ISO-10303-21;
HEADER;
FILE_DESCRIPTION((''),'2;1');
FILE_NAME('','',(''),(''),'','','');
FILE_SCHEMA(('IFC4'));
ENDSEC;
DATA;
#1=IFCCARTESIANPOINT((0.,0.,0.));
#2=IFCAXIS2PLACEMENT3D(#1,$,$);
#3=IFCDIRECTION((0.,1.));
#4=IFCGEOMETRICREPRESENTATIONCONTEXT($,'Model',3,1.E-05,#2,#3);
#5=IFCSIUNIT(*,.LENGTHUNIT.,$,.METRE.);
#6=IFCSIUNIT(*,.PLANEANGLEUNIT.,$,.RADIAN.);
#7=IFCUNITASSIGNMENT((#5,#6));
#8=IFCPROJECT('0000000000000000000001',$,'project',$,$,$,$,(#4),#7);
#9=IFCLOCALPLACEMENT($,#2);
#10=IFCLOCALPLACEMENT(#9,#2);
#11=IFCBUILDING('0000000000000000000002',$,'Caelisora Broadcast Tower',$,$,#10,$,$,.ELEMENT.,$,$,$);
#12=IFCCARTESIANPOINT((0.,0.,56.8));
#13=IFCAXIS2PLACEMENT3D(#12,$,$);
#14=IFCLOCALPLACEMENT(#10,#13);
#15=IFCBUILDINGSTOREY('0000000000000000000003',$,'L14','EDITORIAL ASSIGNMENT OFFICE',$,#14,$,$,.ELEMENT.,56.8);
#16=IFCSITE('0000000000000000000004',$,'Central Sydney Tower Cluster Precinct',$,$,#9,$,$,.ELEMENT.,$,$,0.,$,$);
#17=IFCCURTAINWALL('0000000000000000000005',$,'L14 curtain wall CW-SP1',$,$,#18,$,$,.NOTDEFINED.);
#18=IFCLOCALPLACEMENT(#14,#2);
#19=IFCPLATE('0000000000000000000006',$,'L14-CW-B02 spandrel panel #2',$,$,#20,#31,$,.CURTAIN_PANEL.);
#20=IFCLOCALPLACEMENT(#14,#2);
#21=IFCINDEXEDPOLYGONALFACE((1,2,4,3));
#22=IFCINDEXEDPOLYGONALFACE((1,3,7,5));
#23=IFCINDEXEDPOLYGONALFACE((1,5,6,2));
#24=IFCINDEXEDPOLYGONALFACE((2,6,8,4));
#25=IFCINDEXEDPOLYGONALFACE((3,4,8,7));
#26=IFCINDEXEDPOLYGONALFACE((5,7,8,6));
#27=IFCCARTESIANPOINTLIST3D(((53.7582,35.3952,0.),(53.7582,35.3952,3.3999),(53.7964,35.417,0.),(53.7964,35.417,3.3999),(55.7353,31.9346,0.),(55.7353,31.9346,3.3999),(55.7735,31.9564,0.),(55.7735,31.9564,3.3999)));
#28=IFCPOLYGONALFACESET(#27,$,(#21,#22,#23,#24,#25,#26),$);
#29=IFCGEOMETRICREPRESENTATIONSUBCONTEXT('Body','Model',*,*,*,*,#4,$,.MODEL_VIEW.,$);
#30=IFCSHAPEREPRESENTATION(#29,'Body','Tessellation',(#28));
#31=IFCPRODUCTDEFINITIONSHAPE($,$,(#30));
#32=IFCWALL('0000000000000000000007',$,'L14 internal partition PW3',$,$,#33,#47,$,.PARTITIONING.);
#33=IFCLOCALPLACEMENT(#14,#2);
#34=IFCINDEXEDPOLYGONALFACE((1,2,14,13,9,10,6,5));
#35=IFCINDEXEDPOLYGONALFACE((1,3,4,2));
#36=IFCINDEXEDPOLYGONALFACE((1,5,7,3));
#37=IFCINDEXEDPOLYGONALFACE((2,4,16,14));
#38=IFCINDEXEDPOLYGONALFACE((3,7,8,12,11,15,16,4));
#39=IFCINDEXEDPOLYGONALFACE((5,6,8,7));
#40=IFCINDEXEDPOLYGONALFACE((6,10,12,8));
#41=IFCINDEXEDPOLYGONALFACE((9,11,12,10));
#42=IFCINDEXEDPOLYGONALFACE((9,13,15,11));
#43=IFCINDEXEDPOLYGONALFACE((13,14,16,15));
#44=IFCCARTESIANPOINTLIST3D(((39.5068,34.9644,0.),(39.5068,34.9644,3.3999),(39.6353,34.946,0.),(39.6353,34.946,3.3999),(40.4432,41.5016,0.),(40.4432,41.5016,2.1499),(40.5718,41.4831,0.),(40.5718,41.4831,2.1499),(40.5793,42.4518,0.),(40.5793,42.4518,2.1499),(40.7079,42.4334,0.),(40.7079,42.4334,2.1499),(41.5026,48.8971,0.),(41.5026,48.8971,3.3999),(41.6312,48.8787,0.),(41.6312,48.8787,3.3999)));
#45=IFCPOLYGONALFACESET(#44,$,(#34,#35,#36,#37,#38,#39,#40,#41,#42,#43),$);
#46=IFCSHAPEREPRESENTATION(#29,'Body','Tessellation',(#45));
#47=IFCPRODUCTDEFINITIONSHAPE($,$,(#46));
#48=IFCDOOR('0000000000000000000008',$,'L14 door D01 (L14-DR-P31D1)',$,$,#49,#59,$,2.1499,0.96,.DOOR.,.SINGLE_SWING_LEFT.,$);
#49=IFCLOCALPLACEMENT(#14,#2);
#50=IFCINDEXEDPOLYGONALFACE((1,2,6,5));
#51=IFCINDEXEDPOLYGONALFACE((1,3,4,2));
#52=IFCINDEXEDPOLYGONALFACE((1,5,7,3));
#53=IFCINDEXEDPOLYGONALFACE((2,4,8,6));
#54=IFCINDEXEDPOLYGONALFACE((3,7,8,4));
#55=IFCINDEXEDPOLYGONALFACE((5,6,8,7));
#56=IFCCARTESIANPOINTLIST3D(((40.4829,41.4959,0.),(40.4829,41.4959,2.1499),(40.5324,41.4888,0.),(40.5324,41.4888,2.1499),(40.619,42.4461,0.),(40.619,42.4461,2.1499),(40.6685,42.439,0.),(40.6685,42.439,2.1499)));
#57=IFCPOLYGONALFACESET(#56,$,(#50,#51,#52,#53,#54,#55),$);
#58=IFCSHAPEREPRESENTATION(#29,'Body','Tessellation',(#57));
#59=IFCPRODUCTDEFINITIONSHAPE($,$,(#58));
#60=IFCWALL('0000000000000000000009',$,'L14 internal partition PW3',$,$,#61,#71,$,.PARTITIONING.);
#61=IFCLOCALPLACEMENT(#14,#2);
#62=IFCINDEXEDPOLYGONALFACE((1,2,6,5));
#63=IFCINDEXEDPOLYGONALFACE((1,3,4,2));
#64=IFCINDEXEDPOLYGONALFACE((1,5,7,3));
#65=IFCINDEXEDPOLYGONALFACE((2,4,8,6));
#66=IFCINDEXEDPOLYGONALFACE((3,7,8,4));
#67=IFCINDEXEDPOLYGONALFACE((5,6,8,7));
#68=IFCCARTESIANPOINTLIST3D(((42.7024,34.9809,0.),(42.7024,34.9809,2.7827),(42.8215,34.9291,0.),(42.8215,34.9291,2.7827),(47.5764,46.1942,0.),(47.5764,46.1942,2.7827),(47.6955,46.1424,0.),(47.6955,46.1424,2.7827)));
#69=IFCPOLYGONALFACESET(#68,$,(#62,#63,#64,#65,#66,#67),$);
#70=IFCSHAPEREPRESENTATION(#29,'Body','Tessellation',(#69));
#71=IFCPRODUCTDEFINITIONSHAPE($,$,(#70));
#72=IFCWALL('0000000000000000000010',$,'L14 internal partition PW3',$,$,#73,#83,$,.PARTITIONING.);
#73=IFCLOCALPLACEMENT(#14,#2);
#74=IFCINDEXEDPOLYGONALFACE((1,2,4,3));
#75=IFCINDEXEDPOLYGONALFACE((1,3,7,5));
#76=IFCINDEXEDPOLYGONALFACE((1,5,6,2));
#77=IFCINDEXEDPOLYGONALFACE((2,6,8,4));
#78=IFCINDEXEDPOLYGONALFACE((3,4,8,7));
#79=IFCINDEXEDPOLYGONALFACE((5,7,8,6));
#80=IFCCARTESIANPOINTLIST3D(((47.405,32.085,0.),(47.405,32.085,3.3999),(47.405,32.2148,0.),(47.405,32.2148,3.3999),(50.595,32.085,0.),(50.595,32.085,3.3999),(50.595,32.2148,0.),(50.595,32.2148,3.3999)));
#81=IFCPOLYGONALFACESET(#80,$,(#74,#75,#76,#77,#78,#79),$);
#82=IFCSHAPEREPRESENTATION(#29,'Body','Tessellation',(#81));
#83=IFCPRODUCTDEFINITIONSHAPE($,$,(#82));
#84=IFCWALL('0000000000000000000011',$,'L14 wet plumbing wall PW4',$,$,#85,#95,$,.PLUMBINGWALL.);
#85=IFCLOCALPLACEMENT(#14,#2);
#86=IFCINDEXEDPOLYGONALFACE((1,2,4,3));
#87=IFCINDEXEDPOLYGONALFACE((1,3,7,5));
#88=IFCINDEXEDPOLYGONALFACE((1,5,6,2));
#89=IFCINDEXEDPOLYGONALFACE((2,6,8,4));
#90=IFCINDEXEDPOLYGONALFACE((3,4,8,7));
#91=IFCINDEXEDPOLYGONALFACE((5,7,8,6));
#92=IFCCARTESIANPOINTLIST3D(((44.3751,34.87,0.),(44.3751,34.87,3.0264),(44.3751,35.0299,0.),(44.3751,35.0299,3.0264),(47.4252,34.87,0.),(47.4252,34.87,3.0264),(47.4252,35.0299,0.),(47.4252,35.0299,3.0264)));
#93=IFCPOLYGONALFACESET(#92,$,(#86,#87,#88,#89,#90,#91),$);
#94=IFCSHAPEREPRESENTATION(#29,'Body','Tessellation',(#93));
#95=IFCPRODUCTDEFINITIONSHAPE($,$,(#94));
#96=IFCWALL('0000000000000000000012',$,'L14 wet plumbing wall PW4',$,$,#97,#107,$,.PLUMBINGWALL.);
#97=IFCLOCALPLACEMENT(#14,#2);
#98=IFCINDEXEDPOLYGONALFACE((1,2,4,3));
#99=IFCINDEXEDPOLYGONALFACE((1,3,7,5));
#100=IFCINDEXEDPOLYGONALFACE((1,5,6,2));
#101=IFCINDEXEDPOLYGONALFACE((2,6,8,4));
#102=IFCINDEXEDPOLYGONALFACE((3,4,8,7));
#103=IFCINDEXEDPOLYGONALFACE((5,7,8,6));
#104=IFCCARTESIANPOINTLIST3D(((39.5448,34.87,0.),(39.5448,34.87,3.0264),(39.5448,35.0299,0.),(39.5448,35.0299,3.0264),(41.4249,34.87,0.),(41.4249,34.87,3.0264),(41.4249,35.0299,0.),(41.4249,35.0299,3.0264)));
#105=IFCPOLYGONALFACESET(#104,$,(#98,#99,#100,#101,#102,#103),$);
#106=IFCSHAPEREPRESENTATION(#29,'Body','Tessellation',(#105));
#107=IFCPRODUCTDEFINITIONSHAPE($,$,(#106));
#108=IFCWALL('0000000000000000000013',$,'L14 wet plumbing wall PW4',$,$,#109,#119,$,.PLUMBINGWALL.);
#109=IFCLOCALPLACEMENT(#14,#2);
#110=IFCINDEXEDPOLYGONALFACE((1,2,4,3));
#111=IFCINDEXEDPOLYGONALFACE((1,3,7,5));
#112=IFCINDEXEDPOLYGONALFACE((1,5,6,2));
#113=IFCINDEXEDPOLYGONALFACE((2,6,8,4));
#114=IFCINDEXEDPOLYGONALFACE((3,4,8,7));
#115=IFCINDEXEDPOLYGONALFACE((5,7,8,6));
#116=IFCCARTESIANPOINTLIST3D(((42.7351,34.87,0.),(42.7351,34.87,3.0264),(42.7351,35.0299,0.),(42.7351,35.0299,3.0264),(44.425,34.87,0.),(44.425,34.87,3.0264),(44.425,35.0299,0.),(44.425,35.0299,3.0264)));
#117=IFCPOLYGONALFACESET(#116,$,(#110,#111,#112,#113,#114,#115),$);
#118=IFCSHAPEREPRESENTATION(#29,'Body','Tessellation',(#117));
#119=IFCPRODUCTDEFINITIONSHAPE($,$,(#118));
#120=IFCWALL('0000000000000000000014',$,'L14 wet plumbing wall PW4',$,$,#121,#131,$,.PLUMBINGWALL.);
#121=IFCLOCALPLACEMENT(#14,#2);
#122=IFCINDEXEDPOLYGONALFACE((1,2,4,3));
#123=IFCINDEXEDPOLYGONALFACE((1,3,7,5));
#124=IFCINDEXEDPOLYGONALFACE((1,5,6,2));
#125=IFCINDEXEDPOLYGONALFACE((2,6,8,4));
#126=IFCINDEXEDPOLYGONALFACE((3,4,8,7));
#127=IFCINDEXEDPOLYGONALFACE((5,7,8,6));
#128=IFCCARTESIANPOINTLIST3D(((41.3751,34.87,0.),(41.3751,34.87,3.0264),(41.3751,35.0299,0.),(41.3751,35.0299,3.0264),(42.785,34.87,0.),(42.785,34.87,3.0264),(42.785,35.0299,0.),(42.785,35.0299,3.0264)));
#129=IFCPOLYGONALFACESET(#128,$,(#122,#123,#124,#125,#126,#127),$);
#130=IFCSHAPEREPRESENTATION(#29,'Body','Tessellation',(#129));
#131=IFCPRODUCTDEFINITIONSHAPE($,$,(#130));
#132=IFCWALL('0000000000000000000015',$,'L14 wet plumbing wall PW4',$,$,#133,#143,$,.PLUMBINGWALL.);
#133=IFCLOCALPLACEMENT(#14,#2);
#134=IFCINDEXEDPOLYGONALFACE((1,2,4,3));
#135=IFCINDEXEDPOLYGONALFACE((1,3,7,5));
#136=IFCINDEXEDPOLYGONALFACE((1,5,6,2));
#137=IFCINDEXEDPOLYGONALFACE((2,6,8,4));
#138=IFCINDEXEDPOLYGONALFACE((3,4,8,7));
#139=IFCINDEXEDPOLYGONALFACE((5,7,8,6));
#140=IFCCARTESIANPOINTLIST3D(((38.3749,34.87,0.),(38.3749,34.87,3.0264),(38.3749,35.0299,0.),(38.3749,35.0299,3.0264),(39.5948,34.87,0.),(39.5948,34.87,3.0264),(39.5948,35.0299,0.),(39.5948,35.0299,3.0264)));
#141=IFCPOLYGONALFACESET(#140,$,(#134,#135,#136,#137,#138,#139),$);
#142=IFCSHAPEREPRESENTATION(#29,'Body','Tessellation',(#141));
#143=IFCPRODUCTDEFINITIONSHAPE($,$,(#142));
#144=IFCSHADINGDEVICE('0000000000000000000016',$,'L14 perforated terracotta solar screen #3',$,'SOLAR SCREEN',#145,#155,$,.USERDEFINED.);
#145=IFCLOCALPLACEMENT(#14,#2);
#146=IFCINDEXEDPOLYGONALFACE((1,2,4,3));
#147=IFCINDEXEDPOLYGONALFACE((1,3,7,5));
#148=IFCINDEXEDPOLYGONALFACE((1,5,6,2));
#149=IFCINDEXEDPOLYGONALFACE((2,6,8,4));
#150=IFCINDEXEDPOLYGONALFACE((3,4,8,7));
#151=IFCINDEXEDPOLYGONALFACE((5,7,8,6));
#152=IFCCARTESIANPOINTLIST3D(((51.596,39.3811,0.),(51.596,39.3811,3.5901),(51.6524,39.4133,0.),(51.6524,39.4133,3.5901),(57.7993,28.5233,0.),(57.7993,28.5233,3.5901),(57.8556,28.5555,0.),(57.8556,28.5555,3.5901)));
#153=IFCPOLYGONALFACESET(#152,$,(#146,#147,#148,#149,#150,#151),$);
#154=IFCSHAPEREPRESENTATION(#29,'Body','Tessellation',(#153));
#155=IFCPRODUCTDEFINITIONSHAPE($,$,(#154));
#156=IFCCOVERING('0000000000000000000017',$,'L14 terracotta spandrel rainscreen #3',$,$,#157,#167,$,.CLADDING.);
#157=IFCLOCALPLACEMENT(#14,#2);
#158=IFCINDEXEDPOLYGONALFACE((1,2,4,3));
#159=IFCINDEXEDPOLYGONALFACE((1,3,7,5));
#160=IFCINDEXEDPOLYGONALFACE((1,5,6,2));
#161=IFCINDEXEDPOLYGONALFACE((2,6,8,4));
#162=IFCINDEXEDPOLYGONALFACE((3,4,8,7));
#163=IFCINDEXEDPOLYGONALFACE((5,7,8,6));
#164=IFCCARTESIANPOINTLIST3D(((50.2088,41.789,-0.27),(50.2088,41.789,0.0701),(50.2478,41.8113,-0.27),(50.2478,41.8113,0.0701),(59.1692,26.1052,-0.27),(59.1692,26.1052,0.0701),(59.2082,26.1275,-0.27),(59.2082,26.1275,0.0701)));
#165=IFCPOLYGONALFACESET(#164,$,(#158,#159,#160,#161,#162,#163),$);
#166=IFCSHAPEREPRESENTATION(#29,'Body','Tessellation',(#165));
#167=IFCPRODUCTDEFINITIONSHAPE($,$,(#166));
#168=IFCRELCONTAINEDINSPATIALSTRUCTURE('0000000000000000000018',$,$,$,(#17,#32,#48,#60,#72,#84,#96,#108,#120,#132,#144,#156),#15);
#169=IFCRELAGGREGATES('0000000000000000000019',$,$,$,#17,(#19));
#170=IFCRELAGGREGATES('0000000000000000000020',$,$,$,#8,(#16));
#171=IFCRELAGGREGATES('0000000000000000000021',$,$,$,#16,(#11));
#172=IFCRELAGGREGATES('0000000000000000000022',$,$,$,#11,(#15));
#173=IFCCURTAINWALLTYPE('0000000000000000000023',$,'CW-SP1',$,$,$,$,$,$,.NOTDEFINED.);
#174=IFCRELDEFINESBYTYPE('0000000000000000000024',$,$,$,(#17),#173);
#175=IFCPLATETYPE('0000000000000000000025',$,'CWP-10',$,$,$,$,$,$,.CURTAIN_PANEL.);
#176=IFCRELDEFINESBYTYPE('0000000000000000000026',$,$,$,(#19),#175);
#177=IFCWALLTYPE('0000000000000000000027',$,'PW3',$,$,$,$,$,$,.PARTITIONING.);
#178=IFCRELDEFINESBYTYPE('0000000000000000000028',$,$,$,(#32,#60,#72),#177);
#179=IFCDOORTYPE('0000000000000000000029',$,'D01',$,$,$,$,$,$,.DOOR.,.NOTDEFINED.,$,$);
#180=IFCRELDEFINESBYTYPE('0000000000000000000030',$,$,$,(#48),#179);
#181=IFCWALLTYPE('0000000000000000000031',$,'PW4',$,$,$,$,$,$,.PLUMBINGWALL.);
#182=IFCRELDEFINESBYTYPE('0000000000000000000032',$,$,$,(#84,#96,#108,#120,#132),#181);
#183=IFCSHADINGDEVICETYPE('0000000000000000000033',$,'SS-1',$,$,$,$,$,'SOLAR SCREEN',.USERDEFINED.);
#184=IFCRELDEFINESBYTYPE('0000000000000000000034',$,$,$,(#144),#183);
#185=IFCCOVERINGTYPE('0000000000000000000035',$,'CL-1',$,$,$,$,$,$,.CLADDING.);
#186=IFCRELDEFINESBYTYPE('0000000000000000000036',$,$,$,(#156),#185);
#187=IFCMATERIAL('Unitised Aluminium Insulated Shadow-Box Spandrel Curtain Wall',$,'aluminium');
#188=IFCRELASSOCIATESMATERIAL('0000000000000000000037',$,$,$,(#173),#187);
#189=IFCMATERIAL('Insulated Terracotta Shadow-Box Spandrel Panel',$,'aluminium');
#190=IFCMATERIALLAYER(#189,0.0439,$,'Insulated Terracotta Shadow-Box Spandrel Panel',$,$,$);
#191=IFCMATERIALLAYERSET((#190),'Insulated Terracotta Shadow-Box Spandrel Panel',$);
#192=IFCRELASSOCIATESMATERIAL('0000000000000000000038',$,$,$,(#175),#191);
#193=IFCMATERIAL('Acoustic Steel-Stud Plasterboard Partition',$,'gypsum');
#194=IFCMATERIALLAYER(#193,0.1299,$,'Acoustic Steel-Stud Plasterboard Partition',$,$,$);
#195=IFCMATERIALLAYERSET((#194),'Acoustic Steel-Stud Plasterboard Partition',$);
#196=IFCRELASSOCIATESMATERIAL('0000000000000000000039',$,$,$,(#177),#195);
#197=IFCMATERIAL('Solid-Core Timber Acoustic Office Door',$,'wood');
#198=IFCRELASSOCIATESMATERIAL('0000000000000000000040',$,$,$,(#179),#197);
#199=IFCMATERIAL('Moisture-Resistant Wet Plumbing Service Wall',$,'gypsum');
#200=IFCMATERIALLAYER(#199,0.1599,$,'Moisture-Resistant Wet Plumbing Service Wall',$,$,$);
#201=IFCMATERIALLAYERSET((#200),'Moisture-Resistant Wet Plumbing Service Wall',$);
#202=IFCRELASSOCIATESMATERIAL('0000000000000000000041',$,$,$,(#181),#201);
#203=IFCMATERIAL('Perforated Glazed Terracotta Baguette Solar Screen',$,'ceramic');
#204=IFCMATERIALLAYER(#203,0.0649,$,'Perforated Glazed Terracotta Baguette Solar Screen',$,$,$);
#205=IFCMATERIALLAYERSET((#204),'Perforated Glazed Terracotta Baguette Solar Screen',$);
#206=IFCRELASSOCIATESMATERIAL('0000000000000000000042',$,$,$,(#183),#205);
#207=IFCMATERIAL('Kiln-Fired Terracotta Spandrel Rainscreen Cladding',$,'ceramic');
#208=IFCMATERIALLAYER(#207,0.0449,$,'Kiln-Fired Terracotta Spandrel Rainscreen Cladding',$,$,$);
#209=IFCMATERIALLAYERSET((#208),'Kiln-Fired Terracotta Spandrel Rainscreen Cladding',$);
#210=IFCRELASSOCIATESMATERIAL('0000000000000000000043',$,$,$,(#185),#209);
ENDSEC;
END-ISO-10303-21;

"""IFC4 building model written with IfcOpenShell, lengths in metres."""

from ifc_helpers import new_model, si_unit, direction, frame, frame_2d, origin, origin_2d, place, context, subcontext, project, spatial, rectangle, extrude, source, transform, mapped, material, layer, layer_set, type_object, type_shapes, element, fill, aggregate, save


model = new_model("IFC4")

# Units and contexts
model_context = context("Model", 3, precision=1e-05, world=origin(), true_north=direction((0.0, 1.0)))
body_context = subcontext(model_context, "Body", "Model", "MODEL_VIEW")
ifc_project = project(units=[si_unit("LENGTHUNIT", "METRE"), si_unit("PLANEANGLEUNIT", "RADIAN")], contexts=[model_context])

# Site, building, storey
site_placement = place(None, origin())
site = spatial("IfcSite", under=ifc_project, at=site_placement, Name="Central Sydney Tower Cluster Precinct", CompositionType="ELEMENT", RefElevation=0.0)
building_placement = place(site_placement, origin())
building = spatial("IfcBuilding", under=site, at=building_placement, Name="Caelisora Broadcast Tower", CompositionType="ELEMENT")
storey_placement = place(building_placement, frame((0.0, 0.0, 56.8)))
storey = spatial("IfcBuildingStorey", under=building, at=storey_placement, Name="L14", Description="EDITORIAL ASSIGNMENT OFFICE", CompositionType="ELEMENT", Elevation=56.8)

# Curtain wall
ifc_material_1 = material(Name="Unitised Aluminium Insulated Shadow-Box Spandrel Curtain Wall", Category="aluminium")
curtain_wall_type = type_object("IfcCurtainWallType", Name="CW-SP1", PredefinedType="NOTDEFINED", material=ifc_material_1)
curtain_wall_placement = place(storey_placement, origin())
curtain_wall = element("IfcCurtainWall", 1, at=curtain_wall_placement, inside=storey, type_object=curtain_wall_type, Name="L14 curtain wall CW-SP1", PredefinedType="NOTDEFINED")

# Plate
ifc_material_2 = material(Name="Insulated Terracotta Shadow-Box Spandrel Panel", Category="aluminium")
ifc_layer_1 = layer(ifc_material_2, 0.0439, Name="Insulated Terracotta Shadow-Box Spandrel Panel")
ifc_layer_set_1 = layer_set([ifc_layer_1], Name="Insulated Terracotta Shadow-Box Spandrel Panel")
plate_type_1 = type_object("IfcPlateType", Name="CWP-10", PredefinedType="CURTAIN_PANEL", material=ifc_layer_set_1)
shared_shape_1 = source(origin(), body_context, "Body", "SweptSolid", [
    extrude(rectangle(XDim=3.9856, YDim=0.0439, at=origin_2d()), origin(), (0.0, 0.0, 1.0), 3.3999),
])
type_shapes(plate_type_1, [shared_shape_1])
plate_1_placement = place(storey_placement, frame((54.7659, 33.6758, 0.0), z_axis=(0.0, 0.0, 1.0), x_axis=(0.496065, -0.868285, 0.0)))
plate_1 = element("IfcPlate", 2, at=plate_1_placement, type_object=plate_type_1, Name="L14-CW-B02 spandrel panel #2", PredefinedType="CURTAIN_PANEL", context=body_context, shape_type="MappedRepresentation", body=[
    mapped(shared_shape_1, transform((0.0, 0.0, 0.0), scale=1.0)),
])
aggregate(curtain_wall, [plate_1])

# Wall, opening, door
ifc_material_3 = material(Name="Acoustic Steel-Stud Plasterboard Partition", Category="gypsum")
ifc_layer_2 = layer(ifc_material_3, 0.1299, Name="Acoustic Steel-Stud Plasterboard Partition")
ifc_layer_set_2 = layer_set([ifc_layer_2], Name="Acoustic Steel-Stud Plasterboard Partition")
wall_type_1 = type_object("IfcWallType", Name="PW3", PredefinedType="PARTITIONING", material=ifc_layer_set_2)
wall_1_placement = place(storey_placement, frame((39.571, 34.9551, 0.0), z_axis=(0.0, 0.0, 1.0), x_axis=(0.141803, 0.989895, 0.0)))
wall_1 = element("IfcWall", 3, at=wall_1_placement, inside=storey, type_object=wall_type_1, Name="L14 internal partition PW3", PredefinedType="PARTITIONING", context=body_context, shape_type="SweptSolid", body=[
    extrude(rectangle(XDim=14.075, YDim=0.1299, at=frame_2d((7.0376, 0.0))), origin(), (0.0, 0.0, 1.0), 3.3999),
])
opening_placement = place(wall_1_placement, frame((6.604, 0.0, 0.0)))
opening = element("IfcOpeningElement", 4, at=opening_placement, cuts=wall_1, PredefinedType="OPENING", context=body_context, shape_type="SweptSolid", body=[
    extrude(rectangle(XDim=0.96, YDim=2.1499, at=frame_2d((0.48, 1.075))), frame((0.0, 0.0769, 0.0), z_axis=(0.0, -1.0, 0.0), x_axis=(1.0, 0.0, 0.0)), (0.0, 0.0, 1.0), 0.1538),
])
ifc_material_4 = material(Name="Solid-Core Timber Acoustic Office Door", Category="wood")
door_type = type_object("IfcDoorType", Name="D01", OperationType="NOTDEFINED", PredefinedType="DOOR", material=ifc_material_4)
door_placement = place(opening_placement, origin())
door = element("IfcDoor", 5, at=door_placement, inside=storey, type_object=door_type, Name="L14 door D01 (L14-DR-P31D1)", OperationType="SINGLE_SWING_LEFT", OverallHeight=2.1499, OverallWidth=0.96, PredefinedType="DOOR", context=body_context, shape_type="SweptSolid", body=[
    extrude(rectangle(XDim=0.96, YDim=2.1499, at=frame_2d((0.48, 1.075))), frame((0.0, 0.0249, 0.0), z_axis=(0.0, -1.0, 0.0), x_axis=(1.0, 0.0, 0.0)), (0.0, 0.0, 1.0), 0.05),
])
fill(opening, door)

# Walls
wall_2_placement = place(storey_placement, frame((42.762, 34.9551, 0.0), z_axis=(0.0, 0.0, 1.0), x_axis=(0.398633, 0.917111, 0.0)))
element("IfcWall", 6, at=wall_2_placement, inside=storey, type_object=wall_type_1, Name="L14 internal partition PW3", PredefinedType="PARTITIONING", context=body_context, shape_type="SweptSolid", body=[
    extrude(rectangle(XDim=12.2268, YDim=0.1299, at=frame_2d((6.1133, 0.0))), origin(), (0.0, 0.0, 1.0), 2.7827),
])
wall_3_placement = place(storey_placement, frame((47.405, 32.1499, 0.0), z_axis=(0.0, 0.0, 1.0), x_axis=(1.0, 0.0, 0.0)))
element("IfcWall", 7, at=wall_3_placement, inside=storey, type_object=wall_type_1, Name="L14 internal partition PW3", PredefinedType="PARTITIONING", context=body_context, shape_type="SweptSolid", body=[
    extrude(rectangle(XDim=3.1899, YDim=0.1299, at=frame_2d((1.595, 0.0))), origin(), (0.0, 0.0, 1.0), 3.3999),
])
ifc_material_5 = material(Name="Moisture-Resistant Wet Plumbing Service Wall", Category="gypsum")
ifc_layer_3 = layer(ifc_material_5, 0.1599, Name="Moisture-Resistant Wet Plumbing Service Wall")
ifc_layer_set_3 = layer_set([ifc_layer_3], Name="Moisture-Resistant Wet Plumbing Service Wall")
wall_type_2 = type_object("IfcWallType", Name="PW4", PredefinedType="PLUMBINGWALL", material=ifc_layer_set_3)
wall_4_placement = place(storey_placement, frame((47.425, 34.95, 0.0), z_axis=(0.0, 0.0, 1.0), x_axis=(-1.0, 0.0, 0.0)))
element("IfcWall", 8, at=wall_4_placement, inside=storey, type_object=wall_type_2, Name="L14 wet plumbing wall PW4", PredefinedType="PLUMBINGWALL", context=body_context, shape_type="SweptSolid", body=[
    extrude(rectangle(XDim=3.05, YDim=0.1599, at=frame_2d((1.5249, 0.0))), origin(), (0.0, 0.0, 1.0), 3.0264),
])
wall_5_placement = place(storey_placement, frame((39.5449, 34.95, 0.0), z_axis=(0.0, 0.0, 1.0), x_axis=(1.0, 0.0, 0.0)))
element("IfcWall", 9, at=wall_5_placement, inside=storey, type_object=wall_type_2, Name="L14 wet plumbing wall PW4", PredefinedType="PLUMBINGWALL", context=body_context, shape_type="SweptSolid", body=[
    extrude(rectangle(XDim=1.8801, YDim=0.1599, at=frame_2d((0.9399, 0.0))), origin(), (0.0, 0.0, 1.0), 3.0264),
])
wall_6_placement = place(storey_placement, frame((42.7351, 34.95, 0.0), z_axis=(0.0, 0.0, 1.0), x_axis=(1.0, 0.0, 0.0)))
element("IfcWall", 10, at=wall_6_placement, inside=storey, type_object=wall_type_2, Name="L14 wet plumbing wall PW4", PredefinedType="PLUMBINGWALL", context=body_context, shape_type="SweptSolid", body=[
    extrude(rectangle(XDim=1.6899, YDim=0.1599, at=frame_2d((0.845, 0.0))), origin(), (0.0, 0.0, 1.0), 3.0264),
])
wall_7_placement = place(storey_placement, frame((41.375, 34.95, 0.0), z_axis=(0.0, 0.0, 1.0), x_axis=(1.0, 0.0, 0.0)))
element("IfcWall", 11, at=wall_7_placement, inside=storey, type_object=wall_type_2, Name="L14 wet plumbing wall PW4", PredefinedType="PLUMBINGWALL", context=body_context, shape_type="SweptSolid", body=[
    extrude(rectangle(XDim=1.4099, YDim=0.1599, at=frame_2d((0.7051, 0.0))), origin(), (0.0, 0.0, 1.0), 3.0264),
])
wall_8_placement = place(storey_placement, frame((38.375, 34.95, 0.0), z_axis=(0.0, 0.0, 1.0), x_axis=(1.0, 0.0, 0.0)))
element("IfcWall", 12, at=wall_8_placement, inside=storey, type_object=wall_type_2, Name="L14 wet plumbing wall PW4", PredefinedType="PLUMBINGWALL", context=body_context, shape_type="SweptSolid", body=[
    extrude(rectangle(XDim=1.22, YDim=0.1599, at=frame_2d((0.6099, 0.0))), origin(), (0.0, 0.0, 1.0), 3.0264),
])

# Shading device
ifc_material_6 = material(Name="Perforated Glazed Terracotta Baguette Solar Screen", Category="ceramic")
ifc_layer_4 = layer(ifc_material_6, 0.0649, Name="Perforated Glazed Terracotta Baguette Solar Screen")
ifc_layer_set_4 = layer_set([ifc_layer_4], Name="Perforated Glazed Terracotta Baguette Solar Screen")
shading_device_type = type_object("IfcShadingDeviceType", Name="SS-1", ElementType="SOLAR SCREEN", PredefinedType="USERDEFINED", material=ifc_layer_set_4)
shared_shape_2 = source(origin(), body_context, "Body", "SweptSolid", [
    extrude(rectangle(XDim=12.5049, YDim=0.0649, at=origin_2d()), origin(), (0.0, 0.0, 1.0), 3.5901),
])
type_shapes(shading_device_type, [shared_shape_2])
shading_device_placement = place(storey_placement, frame((54.7258, 33.9683, 0.0), z_axis=(0.0, 0.0, 1.0), x_axis=(-0.496065, 0.868285, 0.0)))
element("IfcShadingDevice", 13, at=shading_device_placement, inside=storey, type_object=shading_device_type, Name="L14 perforated terracotta solar screen #3", ObjectType="SOLAR SCREEN", PredefinedType="USERDEFINED", context=body_context, shape_type="MappedRepresentation", body=[
    mapped(shared_shape_2, transform((0.0, 0.0, 0.0), scale=1.0)),
])

# Covering
ifc_material_7 = material(Name="Kiln-Fired Terracotta Spandrel Rainscreen Cladding", Category="ceramic")
ifc_layer_5 = layer(ifc_material_7, 0.0449, Name="Kiln-Fired Terracotta Spandrel Rainscreen Cladding")
ifc_layer_set_5 = layer_set([ifc_layer_5], Name="Kiln-Fired Terracotta Spandrel Rainscreen Cladding")
covering_type = type_object("IfcCoveringType", Name="CL-1", PredefinedType="CLADDING", material=ifc_layer_set_5)
shared_shape_3 = source(origin(), body_context, "Body", "SweptSolid", [
    extrude(rectangle(XDim=18.063, YDim=0.0449, at=origin_2d()), origin(), (0.0, 0.0, 1.0), 0.3401),
])
type_shapes(covering_type, [shared_shape_3])
covering_placement = place(storey_placement, frame((54.7085, 33.9583, -0.27), z_axis=(0.0, 0.0, 1.0), x_axis=(-0.496065, 0.868285, 0.0)))
element("IfcCovering", 14, at=covering_placement, inside=storey, type_object=covering_type, Name="L14 terracotta spandrel rainscreen #3", PredefinedType="CLADDING", context=body_context, shape_type="MappedRepresentation", body=[
    mapped(shared_shape_3, transform((0.0, 0.0, 0.0), scale=1.0)),
])

save(model, "model.ifc")
